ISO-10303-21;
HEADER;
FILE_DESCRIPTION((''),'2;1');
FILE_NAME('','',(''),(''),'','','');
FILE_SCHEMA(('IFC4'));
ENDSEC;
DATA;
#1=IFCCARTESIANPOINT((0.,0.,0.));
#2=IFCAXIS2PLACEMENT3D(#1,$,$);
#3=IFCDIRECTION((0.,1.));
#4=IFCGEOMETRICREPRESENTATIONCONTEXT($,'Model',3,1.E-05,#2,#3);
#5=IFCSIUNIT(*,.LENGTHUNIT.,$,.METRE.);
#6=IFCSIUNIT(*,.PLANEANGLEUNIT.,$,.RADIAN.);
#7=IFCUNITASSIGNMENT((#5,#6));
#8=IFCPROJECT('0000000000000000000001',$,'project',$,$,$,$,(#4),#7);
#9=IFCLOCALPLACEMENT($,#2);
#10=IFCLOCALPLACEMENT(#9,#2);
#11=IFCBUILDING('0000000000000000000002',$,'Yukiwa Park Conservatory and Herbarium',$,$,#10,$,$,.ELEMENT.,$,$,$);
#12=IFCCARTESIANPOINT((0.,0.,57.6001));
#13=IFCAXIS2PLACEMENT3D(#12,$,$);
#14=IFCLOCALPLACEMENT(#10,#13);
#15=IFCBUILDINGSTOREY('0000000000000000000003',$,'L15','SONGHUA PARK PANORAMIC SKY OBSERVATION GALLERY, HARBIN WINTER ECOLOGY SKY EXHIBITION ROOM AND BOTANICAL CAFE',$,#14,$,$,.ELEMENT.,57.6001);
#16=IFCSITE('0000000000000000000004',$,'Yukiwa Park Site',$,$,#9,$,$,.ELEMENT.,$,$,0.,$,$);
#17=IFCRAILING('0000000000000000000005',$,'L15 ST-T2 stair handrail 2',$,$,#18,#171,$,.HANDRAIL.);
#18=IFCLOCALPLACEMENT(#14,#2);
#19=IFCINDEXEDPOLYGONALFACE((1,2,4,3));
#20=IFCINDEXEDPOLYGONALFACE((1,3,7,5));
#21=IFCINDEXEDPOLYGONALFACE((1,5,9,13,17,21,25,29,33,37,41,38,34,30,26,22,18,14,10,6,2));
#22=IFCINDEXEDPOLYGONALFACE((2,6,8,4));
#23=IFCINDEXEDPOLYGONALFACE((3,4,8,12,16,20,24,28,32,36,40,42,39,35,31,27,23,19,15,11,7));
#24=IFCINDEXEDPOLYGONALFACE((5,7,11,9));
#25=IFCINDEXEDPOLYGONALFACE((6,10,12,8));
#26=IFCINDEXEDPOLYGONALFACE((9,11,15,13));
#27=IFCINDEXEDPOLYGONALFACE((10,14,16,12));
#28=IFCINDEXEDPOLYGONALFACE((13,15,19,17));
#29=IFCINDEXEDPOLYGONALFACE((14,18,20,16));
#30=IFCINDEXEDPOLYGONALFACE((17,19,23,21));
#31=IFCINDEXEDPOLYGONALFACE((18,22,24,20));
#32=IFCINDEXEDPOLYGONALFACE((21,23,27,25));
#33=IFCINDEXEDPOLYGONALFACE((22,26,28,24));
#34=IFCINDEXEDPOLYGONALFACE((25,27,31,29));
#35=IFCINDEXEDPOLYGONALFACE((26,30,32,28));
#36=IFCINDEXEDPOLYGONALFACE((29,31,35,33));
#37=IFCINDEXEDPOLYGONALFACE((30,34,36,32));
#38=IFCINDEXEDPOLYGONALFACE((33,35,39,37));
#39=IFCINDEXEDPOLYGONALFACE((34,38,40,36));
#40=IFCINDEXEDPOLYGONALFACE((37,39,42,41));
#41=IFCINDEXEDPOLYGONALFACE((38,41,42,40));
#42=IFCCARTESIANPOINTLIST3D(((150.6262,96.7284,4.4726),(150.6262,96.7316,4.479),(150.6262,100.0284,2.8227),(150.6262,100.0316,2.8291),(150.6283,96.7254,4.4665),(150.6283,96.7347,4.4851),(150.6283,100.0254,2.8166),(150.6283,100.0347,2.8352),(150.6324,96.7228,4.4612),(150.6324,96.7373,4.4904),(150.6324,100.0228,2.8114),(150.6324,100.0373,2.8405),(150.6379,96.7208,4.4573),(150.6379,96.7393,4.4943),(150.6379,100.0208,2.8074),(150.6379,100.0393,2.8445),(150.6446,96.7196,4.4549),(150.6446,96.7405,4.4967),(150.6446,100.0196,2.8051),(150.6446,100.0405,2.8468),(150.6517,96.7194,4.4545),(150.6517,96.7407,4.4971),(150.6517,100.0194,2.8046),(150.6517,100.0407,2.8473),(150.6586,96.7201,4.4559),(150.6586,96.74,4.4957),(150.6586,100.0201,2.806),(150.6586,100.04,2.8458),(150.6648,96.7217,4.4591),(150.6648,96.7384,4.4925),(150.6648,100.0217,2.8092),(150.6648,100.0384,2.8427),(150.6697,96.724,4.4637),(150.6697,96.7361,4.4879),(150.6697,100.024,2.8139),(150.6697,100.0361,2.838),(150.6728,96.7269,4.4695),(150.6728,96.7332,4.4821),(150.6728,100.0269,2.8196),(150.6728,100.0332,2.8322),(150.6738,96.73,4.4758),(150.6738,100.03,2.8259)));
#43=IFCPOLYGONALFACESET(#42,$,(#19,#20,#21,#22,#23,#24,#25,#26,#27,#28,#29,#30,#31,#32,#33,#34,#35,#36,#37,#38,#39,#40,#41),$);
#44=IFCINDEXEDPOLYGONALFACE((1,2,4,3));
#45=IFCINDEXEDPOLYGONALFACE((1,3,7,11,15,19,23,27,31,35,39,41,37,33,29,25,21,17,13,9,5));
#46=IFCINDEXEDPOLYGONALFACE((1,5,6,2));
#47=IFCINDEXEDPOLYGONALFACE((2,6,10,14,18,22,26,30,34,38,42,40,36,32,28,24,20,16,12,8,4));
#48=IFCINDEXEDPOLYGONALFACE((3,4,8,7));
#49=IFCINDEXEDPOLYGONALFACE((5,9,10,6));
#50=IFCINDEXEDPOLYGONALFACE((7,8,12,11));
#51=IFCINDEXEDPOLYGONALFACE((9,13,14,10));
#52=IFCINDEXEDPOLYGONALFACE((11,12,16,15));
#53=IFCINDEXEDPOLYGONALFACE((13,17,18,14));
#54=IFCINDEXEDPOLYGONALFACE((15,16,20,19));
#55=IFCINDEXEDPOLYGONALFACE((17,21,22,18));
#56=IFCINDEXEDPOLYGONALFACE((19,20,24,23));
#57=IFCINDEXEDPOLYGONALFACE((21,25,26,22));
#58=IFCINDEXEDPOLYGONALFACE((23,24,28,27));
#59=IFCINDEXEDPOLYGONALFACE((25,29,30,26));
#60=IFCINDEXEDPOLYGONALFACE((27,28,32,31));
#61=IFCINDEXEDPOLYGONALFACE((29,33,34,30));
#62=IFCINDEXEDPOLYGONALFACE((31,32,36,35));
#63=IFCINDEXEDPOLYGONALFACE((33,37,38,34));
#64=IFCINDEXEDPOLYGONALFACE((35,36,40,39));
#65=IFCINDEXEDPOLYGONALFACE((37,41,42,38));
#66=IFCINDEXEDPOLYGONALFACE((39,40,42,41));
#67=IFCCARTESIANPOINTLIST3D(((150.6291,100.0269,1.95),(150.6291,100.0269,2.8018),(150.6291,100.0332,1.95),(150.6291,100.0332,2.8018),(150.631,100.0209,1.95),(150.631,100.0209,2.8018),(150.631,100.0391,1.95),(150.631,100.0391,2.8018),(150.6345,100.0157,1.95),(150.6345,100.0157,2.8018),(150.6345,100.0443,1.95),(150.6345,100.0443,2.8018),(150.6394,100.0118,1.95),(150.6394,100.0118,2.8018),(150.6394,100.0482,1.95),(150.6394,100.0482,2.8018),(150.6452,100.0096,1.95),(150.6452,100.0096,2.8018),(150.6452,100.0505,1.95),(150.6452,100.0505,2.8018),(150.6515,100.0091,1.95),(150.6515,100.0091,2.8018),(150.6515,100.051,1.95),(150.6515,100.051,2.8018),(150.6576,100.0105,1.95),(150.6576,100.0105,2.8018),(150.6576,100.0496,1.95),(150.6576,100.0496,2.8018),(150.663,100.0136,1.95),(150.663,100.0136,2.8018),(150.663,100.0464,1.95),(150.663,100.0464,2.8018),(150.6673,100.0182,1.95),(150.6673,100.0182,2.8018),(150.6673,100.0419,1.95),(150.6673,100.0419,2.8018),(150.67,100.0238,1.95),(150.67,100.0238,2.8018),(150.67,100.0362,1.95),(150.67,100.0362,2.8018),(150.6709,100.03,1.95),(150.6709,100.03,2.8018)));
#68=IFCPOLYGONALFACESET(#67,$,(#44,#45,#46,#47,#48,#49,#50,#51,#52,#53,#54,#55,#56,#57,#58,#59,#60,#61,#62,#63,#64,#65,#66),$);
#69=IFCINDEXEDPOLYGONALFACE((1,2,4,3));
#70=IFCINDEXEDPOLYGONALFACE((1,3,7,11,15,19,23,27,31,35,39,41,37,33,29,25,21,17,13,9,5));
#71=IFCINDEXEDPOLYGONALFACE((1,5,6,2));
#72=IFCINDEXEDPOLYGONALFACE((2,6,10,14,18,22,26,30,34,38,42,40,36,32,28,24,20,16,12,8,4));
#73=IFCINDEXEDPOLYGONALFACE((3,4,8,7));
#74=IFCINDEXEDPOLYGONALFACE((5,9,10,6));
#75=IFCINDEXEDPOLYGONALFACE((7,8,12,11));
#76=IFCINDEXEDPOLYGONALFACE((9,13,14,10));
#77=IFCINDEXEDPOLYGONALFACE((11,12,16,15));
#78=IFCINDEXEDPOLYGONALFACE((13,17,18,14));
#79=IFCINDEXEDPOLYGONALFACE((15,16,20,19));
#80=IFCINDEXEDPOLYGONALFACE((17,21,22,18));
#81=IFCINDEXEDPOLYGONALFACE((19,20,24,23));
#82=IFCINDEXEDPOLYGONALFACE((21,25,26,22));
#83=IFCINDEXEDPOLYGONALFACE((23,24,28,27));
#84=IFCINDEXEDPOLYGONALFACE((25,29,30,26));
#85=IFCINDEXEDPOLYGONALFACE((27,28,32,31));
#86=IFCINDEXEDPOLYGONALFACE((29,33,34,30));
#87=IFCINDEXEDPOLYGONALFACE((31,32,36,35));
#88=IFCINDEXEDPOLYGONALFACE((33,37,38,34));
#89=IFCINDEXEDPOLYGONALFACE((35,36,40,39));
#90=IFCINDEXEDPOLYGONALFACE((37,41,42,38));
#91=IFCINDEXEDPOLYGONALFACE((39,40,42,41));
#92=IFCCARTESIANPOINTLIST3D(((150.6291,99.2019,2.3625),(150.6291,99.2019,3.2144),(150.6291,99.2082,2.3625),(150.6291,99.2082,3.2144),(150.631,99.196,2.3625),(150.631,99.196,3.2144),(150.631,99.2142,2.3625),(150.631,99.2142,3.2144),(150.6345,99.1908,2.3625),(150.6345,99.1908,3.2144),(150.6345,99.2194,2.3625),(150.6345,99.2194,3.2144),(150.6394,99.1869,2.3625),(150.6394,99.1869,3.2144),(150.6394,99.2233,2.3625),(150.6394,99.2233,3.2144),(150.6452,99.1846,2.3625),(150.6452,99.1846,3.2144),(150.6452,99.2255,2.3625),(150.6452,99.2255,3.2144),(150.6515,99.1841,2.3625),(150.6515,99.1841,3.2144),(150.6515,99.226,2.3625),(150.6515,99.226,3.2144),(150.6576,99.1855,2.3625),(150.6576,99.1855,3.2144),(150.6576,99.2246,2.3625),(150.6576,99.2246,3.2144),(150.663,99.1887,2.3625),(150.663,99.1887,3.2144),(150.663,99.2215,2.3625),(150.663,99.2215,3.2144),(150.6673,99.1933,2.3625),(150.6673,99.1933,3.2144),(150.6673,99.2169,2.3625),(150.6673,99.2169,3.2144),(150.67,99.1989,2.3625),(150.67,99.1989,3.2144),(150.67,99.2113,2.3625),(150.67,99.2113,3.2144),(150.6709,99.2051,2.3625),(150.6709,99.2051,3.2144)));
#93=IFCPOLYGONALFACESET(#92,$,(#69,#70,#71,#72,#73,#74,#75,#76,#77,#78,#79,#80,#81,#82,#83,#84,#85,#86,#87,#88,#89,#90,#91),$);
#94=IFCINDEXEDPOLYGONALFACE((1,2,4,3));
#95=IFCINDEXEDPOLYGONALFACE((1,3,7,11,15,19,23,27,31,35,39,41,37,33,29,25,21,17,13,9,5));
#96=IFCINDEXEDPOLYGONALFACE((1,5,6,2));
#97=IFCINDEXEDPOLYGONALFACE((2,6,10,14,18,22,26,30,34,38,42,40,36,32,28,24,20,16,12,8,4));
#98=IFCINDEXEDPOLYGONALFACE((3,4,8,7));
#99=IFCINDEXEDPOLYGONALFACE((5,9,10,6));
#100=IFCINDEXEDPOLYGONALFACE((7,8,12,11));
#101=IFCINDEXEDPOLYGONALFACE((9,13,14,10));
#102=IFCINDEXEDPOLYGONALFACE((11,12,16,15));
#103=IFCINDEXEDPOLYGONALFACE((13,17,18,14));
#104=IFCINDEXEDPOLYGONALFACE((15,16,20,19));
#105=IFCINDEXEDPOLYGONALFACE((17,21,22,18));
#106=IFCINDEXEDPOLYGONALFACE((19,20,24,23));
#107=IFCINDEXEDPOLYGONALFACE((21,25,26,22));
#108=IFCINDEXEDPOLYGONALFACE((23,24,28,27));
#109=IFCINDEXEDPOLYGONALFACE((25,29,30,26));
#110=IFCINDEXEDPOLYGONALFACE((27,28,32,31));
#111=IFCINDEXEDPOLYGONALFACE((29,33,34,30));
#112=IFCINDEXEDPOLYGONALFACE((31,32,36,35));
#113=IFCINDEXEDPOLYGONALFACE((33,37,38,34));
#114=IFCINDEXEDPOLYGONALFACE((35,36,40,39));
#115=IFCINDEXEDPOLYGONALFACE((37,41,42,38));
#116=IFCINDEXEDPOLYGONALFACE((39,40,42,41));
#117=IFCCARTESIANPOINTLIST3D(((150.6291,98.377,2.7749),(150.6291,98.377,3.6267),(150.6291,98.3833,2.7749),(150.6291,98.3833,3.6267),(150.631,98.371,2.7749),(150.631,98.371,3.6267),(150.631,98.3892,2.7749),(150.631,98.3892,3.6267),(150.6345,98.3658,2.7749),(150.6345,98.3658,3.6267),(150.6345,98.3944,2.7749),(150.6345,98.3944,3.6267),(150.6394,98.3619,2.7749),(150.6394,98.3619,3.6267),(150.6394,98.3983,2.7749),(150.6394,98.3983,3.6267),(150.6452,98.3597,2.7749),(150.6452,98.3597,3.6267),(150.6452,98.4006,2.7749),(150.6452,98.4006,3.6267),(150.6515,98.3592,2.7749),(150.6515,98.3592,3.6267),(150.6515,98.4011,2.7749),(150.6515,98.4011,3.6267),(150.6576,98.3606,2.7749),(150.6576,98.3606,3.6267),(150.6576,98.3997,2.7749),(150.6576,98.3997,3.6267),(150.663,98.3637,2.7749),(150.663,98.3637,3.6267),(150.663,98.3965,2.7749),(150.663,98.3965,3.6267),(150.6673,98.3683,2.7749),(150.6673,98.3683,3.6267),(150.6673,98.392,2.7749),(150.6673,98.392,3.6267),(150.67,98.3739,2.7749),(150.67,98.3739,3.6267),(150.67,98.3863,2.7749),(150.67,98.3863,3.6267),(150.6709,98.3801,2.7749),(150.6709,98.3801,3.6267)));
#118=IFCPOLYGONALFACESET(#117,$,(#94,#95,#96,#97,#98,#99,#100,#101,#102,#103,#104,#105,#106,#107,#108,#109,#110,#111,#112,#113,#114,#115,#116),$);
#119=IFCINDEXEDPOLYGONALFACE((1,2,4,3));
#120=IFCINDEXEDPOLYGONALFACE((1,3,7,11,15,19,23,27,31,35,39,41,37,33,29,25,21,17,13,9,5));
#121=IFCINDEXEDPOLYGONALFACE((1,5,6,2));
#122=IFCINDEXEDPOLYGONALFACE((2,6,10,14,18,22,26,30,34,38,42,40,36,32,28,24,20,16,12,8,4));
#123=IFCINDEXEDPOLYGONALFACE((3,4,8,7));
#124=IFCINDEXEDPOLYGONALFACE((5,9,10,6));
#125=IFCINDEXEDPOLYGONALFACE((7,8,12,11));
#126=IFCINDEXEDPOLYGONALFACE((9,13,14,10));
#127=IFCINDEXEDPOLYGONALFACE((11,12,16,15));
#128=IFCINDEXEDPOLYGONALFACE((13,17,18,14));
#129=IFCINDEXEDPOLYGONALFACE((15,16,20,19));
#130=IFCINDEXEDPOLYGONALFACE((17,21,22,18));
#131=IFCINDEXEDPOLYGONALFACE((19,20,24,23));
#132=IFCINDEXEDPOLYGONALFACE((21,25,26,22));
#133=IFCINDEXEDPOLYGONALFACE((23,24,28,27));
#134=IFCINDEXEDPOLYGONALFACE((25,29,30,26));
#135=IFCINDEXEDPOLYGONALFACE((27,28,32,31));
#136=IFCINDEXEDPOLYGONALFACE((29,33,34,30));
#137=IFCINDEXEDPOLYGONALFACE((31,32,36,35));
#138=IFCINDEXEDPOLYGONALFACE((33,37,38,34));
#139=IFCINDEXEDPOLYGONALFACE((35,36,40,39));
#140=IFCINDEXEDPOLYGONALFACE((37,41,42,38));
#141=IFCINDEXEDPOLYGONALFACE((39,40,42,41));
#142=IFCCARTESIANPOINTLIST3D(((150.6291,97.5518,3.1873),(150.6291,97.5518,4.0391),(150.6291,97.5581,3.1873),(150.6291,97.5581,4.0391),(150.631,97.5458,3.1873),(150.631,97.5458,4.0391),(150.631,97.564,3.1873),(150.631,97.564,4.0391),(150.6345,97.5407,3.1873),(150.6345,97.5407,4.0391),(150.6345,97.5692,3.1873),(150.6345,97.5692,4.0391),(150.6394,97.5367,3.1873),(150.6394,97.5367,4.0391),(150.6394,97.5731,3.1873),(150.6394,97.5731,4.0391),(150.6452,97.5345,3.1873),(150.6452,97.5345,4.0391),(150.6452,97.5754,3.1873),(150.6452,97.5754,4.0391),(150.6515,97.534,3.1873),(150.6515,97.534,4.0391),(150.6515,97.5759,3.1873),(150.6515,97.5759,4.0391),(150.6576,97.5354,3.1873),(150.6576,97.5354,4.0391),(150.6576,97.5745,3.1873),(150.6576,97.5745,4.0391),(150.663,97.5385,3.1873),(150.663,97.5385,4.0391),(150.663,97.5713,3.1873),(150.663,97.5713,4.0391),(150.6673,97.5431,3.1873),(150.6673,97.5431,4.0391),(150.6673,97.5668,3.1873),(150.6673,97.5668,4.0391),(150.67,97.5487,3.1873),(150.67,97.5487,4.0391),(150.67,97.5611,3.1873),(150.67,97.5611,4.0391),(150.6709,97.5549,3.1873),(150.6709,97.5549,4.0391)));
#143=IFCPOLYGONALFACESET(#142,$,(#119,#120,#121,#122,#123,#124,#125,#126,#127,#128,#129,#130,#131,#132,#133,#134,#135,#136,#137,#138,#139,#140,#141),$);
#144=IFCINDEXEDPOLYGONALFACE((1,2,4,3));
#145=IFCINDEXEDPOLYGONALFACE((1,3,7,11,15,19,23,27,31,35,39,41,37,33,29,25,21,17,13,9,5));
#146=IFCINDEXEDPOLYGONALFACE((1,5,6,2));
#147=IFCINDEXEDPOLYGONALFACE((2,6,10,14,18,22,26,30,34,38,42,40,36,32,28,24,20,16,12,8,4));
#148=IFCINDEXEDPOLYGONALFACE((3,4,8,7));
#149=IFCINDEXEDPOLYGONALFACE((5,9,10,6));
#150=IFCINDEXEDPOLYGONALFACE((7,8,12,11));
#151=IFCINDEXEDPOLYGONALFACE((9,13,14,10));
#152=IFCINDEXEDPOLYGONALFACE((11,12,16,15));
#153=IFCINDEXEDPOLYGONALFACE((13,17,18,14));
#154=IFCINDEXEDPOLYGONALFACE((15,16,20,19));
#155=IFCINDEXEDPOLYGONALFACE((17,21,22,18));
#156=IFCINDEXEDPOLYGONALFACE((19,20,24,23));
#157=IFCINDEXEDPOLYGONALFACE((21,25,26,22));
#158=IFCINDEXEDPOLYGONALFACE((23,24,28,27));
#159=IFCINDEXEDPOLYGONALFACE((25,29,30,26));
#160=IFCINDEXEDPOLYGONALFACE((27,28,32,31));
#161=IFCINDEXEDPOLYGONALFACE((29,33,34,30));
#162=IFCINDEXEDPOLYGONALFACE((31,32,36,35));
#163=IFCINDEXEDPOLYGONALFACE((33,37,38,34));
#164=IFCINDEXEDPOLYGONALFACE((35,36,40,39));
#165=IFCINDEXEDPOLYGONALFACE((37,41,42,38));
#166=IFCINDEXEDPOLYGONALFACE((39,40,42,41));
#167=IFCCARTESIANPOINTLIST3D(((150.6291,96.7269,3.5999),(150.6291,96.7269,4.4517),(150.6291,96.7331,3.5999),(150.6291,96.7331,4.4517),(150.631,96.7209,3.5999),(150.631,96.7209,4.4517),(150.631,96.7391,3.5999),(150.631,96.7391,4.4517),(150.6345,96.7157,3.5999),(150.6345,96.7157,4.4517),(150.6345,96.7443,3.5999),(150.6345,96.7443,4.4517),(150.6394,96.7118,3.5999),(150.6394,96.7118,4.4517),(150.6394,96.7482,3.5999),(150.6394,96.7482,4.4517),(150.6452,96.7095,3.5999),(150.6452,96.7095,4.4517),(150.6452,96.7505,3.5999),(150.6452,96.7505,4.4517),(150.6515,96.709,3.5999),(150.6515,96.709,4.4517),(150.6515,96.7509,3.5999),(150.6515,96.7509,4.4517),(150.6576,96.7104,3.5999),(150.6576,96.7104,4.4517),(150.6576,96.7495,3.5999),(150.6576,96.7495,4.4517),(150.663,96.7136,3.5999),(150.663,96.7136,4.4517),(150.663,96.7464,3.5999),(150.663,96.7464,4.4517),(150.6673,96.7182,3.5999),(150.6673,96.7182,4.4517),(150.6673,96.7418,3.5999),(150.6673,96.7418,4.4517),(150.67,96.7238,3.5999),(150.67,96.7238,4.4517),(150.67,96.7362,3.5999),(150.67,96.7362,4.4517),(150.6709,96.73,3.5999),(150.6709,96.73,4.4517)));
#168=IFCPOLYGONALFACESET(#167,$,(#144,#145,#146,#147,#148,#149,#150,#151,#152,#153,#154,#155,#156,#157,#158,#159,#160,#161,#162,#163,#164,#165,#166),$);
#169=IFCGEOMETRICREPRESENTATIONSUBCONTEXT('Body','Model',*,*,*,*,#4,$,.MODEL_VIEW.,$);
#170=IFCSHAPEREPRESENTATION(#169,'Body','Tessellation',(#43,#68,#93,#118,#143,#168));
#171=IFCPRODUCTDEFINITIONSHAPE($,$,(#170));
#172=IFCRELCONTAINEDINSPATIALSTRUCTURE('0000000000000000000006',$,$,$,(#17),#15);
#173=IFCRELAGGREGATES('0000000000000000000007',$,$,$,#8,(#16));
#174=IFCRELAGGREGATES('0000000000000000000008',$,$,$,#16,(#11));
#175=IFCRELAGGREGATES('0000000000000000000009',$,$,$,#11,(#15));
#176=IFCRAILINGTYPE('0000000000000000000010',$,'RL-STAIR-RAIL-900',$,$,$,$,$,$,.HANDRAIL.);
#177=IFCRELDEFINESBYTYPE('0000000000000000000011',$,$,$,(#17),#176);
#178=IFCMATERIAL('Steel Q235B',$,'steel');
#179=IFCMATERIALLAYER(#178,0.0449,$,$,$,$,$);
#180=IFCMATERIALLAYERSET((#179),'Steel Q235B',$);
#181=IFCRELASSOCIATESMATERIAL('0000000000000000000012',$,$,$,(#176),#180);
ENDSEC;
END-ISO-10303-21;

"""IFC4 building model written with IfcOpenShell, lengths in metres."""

from ifc_helpers import new_model, si_unit, direction, frame, origin, origin_2d, place, context, subcontext, project, spatial, circle, extrude, material, layer, layer_set, type_object, element, save


model = new_model("IFC4")

# Units and contexts
model_context = context("Model", 3, precision=1e-05, world=origin(), true_north=direction((0.0, 1.0)))
body_context = subcontext(model_context, "Body", "Model", "MODEL_VIEW")
ifc_project = project(units=[si_unit("LENGTHUNIT", "METRE"), si_unit("PLANEANGLEUNIT", "RADIAN")], contexts=[model_context])

# Site, building, storey
site_placement = place(None, origin())
site = spatial("IfcSite", under=ifc_project, at=site_placement, Name="Yukiwa Park Site", CompositionType="ELEMENT", RefElevation=0.0)
building_placement = place(site_placement, origin())
building = spatial("IfcBuilding", under=site, at=building_placement, Name="Yukiwa Park Conservatory and Herbarium", CompositionType="ELEMENT")
storey_placement = place(building_placement, frame((0.0, 0.0, 57.6001)))
storey = spatial("IfcBuildingStorey", under=building, at=storey_placement, Name="L15", Description="SONGHUA PARK PANORAMIC SKY OBSERVATION GALLERY, HARBIN WINTER ECOLOGY SKY EXHIBITION ROOM AND BOTANICAL CAFE", CompositionType="ELEMENT", Elevation=57.6001)

# Railing
ifc_material_1 = material(Name="Steel Q235B", Category="steel")
ifc_layer_1 = layer(ifc_material_1, 0.0449)
ifc_layer_set_1 = layer_set([ifc_layer_1], Name="Steel Q235B")
railing_type_1 = type_object("IfcRailingType", Name="RL-STAIR-RAIL-900", PredefinedType="HANDRAIL", material=ifc_layer_set_1)
railing_1_placement = place(storey_placement, frame((150.6499, 100.03, 1.95)))
element("IfcRailing", 1, at=railing_1_placement, inside=storey, type_object=railing_type_1, Name="L15 ST-T2 stair handrail 2", PredefinedType="HANDRAIL", context=body_context, shape_type="SweptSolid", body=[
    extrude(circle(Radius=0.0239, at=origin_2d()), frame((0.0, 0.0, 0.876), z_axis=(0.0, -0.89444, 0.447187), x_axis=(1.0, 0.0, 0.0)), (0.0, 0.0, 1.0), 3.6895),
    extrude(circle(Radius=0.021, at=origin_2d()), origin(), (0.0, 0.0, 1.0), 0.8518),
    extrude(circle(Radius=0.021, at=origin_2d()), frame((0.0, -0.825, 0.4126)), (0.0, 0.0, 1.0), 0.8518),
    extrude(circle(Radius=0.021, at=origin_2d()), frame((0.0, -1.6499, 0.825)), (0.0, 0.0, 1.0), 0.8518),
    extrude(circle(Radius=0.021, at=origin_2d()), frame((0.0, -2.4751, 1.2373)), (0.0, 0.0, 1.0), 0.8518),
    extrude(circle(Radius=0.021, at=origin_2d()), frame((0.0, -3.3, 1.6499)), (0.0, 0.0, 1.0), 0.8518),
])

save(model, "model.ifc")
